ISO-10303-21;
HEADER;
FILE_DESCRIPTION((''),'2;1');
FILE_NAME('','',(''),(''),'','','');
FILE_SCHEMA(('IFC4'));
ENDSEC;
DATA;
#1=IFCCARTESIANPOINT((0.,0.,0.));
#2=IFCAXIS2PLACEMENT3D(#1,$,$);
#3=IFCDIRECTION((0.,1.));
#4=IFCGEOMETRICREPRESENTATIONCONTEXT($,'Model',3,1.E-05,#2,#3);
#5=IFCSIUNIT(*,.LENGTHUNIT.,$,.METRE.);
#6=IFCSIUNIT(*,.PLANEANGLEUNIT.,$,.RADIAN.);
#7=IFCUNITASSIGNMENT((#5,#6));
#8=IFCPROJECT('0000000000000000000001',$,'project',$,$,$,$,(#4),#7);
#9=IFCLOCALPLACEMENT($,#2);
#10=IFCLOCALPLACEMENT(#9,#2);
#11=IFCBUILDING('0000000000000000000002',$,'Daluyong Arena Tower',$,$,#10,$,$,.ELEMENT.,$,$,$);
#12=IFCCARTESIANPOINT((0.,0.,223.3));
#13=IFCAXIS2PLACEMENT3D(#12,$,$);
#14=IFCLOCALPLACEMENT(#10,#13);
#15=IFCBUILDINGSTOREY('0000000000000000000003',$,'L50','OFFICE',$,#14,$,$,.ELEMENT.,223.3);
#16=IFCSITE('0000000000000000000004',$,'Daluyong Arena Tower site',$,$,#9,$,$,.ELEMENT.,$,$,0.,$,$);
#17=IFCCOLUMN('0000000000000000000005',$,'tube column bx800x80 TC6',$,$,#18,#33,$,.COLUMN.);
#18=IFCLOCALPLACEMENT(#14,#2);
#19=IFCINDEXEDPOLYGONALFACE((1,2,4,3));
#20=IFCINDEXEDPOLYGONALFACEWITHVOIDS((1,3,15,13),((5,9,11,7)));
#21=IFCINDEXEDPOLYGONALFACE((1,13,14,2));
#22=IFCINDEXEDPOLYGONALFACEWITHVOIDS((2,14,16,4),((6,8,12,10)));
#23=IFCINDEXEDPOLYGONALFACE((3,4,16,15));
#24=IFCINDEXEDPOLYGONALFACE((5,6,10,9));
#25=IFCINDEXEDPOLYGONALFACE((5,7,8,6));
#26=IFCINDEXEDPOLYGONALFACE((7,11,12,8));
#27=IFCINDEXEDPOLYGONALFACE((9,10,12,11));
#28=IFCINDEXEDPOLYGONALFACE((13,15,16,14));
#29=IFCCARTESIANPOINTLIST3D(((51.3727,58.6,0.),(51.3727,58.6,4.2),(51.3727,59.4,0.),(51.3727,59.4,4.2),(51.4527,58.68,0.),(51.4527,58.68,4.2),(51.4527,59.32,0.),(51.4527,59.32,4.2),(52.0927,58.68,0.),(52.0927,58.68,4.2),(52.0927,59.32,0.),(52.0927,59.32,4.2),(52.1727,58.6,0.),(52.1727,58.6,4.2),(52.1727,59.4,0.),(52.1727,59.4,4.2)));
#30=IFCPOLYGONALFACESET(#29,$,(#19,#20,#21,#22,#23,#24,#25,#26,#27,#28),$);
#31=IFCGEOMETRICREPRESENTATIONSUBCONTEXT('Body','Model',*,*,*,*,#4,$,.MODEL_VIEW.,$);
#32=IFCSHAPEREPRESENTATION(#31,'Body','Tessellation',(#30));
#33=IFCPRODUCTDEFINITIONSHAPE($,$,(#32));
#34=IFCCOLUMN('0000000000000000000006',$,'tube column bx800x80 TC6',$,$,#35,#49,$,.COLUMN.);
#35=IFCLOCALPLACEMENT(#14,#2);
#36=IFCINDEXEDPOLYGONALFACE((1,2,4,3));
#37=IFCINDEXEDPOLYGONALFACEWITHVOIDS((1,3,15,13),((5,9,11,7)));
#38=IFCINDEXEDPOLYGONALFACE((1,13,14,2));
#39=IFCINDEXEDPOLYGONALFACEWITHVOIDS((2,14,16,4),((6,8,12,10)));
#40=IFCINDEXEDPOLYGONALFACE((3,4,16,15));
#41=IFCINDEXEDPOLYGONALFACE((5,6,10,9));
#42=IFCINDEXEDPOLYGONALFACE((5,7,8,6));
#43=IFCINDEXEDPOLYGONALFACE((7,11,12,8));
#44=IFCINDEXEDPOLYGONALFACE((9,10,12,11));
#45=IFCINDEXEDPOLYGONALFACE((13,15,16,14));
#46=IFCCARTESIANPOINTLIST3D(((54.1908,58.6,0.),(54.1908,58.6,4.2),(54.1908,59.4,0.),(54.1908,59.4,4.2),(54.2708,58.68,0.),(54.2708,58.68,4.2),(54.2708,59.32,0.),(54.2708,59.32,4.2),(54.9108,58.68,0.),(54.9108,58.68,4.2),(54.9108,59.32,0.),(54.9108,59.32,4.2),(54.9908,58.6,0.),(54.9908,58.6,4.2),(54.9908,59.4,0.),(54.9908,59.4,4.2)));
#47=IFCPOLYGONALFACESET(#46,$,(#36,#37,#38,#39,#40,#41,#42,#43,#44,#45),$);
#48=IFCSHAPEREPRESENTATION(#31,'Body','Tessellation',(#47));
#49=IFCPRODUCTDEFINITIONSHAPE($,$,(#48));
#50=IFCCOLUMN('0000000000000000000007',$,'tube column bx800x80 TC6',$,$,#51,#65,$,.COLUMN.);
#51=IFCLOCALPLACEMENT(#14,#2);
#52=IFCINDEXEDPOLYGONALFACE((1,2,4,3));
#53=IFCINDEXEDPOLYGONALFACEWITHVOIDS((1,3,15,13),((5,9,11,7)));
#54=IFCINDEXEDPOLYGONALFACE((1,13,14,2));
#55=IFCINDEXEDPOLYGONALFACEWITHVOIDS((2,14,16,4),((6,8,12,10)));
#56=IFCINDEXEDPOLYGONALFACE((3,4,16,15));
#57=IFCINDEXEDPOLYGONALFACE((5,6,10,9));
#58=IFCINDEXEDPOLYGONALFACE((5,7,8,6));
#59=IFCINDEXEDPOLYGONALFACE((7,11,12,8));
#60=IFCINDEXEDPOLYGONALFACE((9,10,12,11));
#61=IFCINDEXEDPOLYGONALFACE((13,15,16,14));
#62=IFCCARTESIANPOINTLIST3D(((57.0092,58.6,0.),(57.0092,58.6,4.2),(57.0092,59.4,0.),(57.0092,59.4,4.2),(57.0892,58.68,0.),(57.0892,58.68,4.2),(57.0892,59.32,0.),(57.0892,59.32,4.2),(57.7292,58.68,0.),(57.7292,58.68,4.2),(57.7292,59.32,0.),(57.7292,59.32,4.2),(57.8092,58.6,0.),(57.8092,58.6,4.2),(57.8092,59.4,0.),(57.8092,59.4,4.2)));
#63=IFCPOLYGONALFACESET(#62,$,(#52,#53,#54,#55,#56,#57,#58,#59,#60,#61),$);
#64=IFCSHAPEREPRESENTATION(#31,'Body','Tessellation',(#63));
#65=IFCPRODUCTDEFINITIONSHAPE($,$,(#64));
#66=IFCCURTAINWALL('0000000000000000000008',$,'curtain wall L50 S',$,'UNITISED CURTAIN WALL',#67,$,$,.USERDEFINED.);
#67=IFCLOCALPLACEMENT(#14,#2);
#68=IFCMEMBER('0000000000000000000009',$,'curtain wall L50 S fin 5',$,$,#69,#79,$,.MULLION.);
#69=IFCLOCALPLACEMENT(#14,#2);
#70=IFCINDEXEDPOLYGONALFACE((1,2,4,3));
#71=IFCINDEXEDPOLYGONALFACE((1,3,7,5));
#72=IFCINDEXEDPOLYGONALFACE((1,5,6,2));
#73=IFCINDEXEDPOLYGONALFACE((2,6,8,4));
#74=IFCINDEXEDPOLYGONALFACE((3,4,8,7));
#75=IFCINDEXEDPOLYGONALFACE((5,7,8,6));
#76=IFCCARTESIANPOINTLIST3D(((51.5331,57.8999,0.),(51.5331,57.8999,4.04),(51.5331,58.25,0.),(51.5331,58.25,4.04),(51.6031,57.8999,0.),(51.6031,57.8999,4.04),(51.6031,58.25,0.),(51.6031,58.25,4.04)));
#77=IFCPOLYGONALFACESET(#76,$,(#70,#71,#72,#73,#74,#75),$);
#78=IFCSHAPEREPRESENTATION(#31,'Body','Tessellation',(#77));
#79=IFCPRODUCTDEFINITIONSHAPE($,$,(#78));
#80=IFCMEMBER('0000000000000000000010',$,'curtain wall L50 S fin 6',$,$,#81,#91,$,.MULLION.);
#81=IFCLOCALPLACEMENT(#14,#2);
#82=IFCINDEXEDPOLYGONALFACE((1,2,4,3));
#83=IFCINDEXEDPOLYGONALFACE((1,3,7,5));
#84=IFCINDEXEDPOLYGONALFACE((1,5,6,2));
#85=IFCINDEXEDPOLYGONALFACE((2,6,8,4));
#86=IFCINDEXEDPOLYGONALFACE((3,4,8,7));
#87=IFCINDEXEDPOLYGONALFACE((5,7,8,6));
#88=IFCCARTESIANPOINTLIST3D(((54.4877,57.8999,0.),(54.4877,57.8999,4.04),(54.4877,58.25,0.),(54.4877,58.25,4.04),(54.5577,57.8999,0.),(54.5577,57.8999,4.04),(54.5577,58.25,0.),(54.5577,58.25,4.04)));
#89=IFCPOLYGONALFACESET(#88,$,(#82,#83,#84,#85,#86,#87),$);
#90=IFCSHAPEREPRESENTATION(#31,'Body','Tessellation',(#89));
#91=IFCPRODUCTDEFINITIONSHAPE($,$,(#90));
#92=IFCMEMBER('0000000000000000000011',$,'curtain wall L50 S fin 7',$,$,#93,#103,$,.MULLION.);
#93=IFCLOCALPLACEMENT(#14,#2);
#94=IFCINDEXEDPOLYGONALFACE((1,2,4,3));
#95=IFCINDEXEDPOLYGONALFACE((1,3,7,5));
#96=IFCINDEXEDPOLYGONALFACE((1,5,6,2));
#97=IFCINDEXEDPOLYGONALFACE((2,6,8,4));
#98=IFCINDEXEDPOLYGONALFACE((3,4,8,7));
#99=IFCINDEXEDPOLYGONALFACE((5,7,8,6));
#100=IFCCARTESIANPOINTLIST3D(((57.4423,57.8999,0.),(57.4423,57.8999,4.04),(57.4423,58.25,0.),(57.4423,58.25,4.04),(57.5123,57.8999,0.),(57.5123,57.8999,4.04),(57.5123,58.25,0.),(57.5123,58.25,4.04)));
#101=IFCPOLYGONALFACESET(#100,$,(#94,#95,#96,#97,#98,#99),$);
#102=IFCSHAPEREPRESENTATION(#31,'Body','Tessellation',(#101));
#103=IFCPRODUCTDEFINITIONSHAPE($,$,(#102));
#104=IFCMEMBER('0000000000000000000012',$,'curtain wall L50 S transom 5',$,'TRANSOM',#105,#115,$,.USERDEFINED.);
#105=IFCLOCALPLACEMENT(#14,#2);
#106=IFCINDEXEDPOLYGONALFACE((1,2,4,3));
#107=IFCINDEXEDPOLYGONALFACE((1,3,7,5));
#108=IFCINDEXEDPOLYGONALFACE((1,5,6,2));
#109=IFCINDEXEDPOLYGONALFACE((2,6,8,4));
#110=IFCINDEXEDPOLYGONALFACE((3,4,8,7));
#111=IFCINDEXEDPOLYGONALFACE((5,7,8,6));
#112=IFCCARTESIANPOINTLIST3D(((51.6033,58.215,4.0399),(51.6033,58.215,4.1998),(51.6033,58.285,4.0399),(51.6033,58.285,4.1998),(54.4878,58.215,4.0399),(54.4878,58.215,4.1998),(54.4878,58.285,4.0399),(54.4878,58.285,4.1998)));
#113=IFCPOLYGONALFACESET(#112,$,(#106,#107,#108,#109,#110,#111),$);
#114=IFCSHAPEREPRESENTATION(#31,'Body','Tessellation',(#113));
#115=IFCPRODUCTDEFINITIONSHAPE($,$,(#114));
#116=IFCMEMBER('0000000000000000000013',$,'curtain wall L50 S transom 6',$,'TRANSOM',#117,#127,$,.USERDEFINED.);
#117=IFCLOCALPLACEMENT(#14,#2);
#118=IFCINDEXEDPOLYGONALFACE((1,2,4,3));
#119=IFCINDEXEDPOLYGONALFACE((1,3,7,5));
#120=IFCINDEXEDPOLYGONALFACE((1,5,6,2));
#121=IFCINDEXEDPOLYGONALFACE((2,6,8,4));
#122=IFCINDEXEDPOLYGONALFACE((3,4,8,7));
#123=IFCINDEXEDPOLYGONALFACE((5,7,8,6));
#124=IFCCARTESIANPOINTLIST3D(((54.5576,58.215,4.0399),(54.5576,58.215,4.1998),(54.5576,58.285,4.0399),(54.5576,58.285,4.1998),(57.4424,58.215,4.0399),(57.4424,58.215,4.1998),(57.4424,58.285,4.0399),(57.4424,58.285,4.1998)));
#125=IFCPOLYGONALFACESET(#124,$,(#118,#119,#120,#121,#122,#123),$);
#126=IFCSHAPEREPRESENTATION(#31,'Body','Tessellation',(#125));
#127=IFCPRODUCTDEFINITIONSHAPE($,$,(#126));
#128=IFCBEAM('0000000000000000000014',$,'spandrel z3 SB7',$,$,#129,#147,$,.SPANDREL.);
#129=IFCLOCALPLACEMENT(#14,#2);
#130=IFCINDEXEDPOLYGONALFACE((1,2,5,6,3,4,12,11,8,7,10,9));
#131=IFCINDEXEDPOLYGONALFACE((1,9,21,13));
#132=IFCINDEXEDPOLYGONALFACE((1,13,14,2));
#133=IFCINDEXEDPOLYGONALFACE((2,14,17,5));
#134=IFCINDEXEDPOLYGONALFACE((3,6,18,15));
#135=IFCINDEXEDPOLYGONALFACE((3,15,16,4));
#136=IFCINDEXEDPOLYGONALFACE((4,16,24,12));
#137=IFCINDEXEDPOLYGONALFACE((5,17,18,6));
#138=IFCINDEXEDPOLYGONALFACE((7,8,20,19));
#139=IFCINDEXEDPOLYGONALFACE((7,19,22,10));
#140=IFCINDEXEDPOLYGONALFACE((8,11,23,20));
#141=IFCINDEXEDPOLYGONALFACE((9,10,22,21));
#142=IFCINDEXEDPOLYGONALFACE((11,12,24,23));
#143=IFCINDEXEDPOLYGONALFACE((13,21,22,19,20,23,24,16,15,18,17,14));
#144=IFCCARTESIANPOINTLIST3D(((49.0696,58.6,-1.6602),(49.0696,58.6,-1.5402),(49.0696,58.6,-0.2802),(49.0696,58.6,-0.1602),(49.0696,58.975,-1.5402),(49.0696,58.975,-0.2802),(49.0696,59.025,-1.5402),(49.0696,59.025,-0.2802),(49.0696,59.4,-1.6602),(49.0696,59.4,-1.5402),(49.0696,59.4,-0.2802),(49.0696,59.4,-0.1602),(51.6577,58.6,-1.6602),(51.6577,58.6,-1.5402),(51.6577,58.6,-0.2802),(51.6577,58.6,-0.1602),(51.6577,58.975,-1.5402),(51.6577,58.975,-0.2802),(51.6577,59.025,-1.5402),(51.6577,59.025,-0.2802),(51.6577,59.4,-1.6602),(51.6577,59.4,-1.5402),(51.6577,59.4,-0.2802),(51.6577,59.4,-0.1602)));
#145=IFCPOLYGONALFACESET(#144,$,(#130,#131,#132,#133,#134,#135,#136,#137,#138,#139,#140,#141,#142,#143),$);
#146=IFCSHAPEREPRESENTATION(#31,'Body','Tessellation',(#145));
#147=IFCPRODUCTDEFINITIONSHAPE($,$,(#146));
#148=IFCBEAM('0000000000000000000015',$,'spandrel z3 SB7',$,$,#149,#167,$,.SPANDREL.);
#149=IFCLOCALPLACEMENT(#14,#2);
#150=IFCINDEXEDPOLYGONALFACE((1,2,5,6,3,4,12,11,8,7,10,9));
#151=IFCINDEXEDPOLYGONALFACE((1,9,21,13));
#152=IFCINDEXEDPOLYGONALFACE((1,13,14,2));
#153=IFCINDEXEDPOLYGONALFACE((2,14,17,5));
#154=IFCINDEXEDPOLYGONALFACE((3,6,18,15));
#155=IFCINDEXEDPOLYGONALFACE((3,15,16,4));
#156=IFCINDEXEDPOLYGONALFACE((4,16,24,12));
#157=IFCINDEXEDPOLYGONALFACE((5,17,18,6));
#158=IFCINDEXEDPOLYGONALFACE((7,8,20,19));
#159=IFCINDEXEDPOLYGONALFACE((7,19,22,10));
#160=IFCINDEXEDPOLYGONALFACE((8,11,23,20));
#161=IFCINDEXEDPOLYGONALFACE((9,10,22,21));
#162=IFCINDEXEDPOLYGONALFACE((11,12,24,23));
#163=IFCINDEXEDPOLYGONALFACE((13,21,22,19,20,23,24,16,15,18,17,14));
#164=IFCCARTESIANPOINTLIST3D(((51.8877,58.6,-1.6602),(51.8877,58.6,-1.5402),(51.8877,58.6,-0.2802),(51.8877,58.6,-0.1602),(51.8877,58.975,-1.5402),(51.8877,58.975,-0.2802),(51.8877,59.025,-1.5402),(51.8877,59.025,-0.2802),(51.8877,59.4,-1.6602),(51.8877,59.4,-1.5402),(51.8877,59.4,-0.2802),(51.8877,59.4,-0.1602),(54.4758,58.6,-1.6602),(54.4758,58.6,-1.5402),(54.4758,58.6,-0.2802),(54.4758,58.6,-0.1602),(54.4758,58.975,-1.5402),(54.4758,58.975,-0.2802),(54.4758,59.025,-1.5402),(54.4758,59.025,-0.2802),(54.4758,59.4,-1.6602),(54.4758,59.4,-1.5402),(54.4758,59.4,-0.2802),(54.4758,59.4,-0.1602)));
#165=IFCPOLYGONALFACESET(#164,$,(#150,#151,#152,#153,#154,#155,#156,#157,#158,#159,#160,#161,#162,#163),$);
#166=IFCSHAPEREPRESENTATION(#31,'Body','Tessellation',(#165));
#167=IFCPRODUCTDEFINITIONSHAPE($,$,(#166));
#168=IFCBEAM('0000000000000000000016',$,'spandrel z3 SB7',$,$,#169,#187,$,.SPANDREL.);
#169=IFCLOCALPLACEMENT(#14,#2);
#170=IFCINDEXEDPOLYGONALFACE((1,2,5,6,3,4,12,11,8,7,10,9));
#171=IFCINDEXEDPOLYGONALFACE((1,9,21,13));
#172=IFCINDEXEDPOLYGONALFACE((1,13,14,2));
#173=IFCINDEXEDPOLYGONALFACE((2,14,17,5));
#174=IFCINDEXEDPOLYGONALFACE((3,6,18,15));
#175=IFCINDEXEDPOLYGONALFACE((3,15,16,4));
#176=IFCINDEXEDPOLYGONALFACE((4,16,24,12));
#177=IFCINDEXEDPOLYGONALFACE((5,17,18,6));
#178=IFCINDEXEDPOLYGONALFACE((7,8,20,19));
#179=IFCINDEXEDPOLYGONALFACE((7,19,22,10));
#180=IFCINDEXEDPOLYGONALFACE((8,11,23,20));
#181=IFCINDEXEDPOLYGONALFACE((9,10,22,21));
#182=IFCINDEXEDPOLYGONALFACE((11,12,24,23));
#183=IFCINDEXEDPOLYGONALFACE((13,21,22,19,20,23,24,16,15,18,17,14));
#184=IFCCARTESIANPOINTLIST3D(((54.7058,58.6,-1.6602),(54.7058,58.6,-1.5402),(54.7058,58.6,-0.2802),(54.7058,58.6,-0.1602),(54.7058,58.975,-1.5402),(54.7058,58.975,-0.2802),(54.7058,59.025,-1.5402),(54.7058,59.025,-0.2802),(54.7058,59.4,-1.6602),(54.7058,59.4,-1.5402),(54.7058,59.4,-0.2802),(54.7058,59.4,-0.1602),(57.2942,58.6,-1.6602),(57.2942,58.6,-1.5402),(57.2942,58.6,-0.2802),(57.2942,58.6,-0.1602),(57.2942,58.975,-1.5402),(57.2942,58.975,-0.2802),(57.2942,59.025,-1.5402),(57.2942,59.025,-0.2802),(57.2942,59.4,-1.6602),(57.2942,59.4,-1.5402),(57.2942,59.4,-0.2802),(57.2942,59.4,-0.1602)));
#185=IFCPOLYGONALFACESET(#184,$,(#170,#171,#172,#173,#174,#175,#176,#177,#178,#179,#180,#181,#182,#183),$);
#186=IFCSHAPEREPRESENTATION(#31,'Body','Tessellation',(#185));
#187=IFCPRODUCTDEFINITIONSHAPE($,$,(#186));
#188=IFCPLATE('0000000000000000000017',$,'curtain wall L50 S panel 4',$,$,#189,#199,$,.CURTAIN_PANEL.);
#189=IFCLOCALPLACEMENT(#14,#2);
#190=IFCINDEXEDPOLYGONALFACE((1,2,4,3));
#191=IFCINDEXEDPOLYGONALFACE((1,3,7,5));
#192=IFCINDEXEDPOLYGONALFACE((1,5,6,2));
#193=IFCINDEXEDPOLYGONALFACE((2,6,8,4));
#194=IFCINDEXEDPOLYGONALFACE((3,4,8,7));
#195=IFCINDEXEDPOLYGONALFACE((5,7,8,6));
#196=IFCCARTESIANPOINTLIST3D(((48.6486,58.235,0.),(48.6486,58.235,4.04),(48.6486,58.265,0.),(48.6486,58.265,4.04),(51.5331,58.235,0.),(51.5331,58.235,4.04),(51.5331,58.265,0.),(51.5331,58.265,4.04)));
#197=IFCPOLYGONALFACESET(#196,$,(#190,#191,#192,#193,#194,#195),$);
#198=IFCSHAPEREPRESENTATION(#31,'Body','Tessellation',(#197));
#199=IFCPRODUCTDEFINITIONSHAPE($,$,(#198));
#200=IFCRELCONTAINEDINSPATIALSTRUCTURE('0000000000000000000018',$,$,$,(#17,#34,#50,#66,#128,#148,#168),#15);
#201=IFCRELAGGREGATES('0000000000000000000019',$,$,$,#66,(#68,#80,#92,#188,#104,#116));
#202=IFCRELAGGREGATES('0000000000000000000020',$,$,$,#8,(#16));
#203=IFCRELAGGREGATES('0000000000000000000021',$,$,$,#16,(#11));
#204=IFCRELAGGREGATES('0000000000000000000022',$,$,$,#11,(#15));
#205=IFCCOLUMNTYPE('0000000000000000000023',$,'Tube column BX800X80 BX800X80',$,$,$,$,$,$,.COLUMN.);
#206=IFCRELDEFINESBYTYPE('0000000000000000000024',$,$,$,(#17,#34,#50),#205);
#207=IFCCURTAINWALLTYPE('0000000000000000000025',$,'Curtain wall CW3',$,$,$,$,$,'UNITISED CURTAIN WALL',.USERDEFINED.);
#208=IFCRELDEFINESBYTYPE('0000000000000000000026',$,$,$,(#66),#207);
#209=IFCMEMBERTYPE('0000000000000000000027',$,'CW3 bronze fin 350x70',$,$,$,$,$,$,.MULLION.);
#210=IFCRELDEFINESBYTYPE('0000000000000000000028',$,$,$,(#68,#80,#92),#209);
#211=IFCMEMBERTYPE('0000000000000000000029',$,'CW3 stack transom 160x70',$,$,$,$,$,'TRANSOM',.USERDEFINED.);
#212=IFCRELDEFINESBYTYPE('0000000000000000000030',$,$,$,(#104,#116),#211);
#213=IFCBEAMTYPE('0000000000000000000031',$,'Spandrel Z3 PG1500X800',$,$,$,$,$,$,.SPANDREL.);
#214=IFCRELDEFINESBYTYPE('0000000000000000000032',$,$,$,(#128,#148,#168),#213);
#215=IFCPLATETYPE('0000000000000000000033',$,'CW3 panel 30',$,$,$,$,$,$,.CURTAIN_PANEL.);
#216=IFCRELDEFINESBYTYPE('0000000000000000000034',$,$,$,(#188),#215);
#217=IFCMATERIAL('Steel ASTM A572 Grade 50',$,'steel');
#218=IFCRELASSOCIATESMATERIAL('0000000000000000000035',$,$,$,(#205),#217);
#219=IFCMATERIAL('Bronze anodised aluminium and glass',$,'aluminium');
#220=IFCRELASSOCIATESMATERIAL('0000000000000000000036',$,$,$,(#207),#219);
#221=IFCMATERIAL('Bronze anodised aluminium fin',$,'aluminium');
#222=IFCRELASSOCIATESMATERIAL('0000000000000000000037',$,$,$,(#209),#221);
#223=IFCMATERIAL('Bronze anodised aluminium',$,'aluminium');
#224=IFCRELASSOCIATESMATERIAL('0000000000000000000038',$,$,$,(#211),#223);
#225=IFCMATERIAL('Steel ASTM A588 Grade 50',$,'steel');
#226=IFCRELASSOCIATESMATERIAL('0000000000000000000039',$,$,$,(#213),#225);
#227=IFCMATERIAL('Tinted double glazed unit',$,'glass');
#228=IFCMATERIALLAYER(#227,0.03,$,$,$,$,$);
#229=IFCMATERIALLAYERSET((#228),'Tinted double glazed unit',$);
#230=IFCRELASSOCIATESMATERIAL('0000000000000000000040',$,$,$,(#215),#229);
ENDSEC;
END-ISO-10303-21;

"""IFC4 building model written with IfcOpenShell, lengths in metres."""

from ifc_helpers import new_model, si_unit, direction, frame, origin, origin_2d, place, context, subcontext, project, spatial, rectangle, hollow_rectangle, i_section, extrude, material, layer, layer_set, material_profile, profile_set, type_object, element, aggregate, save


model = new_model("IFC4")

# Units and contexts
model_context = context("Model", 3, precision=1e-05, world=origin(), true_north=direction((0.0, 1.0)))
body_context = subcontext(model_context, "Body", "Model", "MODEL_VIEW")
ifc_project = project(units=[si_unit("LENGTHUNIT", "METRE"), si_unit("PLANEANGLEUNIT", "RADIAN")], contexts=[model_context])

# Site, building, storey
site_placement = place(None, origin())
site = spatial("IfcSite", under=ifc_project, at=site_placement, Name="Daluyong Arena Tower site", CompositionType="ELEMENT", RefElevation=0.0)
building_placement = place(site_placement, origin())
building = spatial("IfcBuilding", under=site, at=building_placement, Name="Daluyong Arena Tower", CompositionType="ELEMENT")
storey_placement = place(building_placement, frame((0.0, 0.0, 223.3)))
storey = spatial("IfcBuildingStorey", under=building, at=storey_placement, Name="L50", Description="OFFICE", CompositionType="ELEMENT", Elevation=223.3)

# Columns
ifc_material_1 = material(Name="Steel ASTM A572 Grade 50", Category="steel")
ifc_material_profile_1 = material_profile(ifc_material_1, hollow_rectangle(XDim=0.8, YDim=0.8, WallThickness=0.08, at=origin_2d()))
ifc_profile_set_1 = profile_set([ifc_material_profile_1], Name="Steel ASTM A572 Grade 50")
column_type = type_object("IfcColumnType", Name="Tube column BX800X80 BX800X80", PredefinedType="COLUMN", material=ifc_profile_set_1)
for number, where, z_axis, x_axis, name in (
    (1, (51.7727, 59.0, 0.0), (0.0, 0.0, 1.0), (1.0, 0.0, 0.0), "tube column bx800x80 TC6"),
    (2, (54.5908, 59.0, 0.0), (0.0, 0.0, 1.0), (1.0, 0.0, 0.0), "tube column bx800x80 TC6"),
    (3, (57.4092, 59.0, 0.0), (0.0, 0.0, 1.0), (1.0, 0.0, 0.0), "tube column bx800x80 TC6"),
):
    element("IfcColumn", number, at=place(storey_placement, frame(where, z_axis=z_axis, x_axis=x_axis)), inside=storey, type_object=column_type, Name=name, PredefinedType="COLUMN", context=body_context, shape_type="SweptSolid", body=[
        extrude(hollow_rectangle(XDim=0.8, YDim=0.8, WallThickness=0.08, at=origin_2d()), origin(), (0.0, 0.0, 1.0), 4.2),
    ])

# Curtain wall, members
ifc_material_2 = material(Name="Bronze anodised aluminium and glass", Category="aluminium")
curtain_wall_type = type_object("IfcCurtainWallType", Name="Curtain wall CW3", ElementType="UNITISED CURTAIN WALL", PredefinedType="USERDEFINED", material=ifc_material_2)
curtain_wall_placement = place(storey_placement, origin())
curtain_wall = element("IfcCurtainWall", 4, at=curtain_wall_placement, inside=storey, type_object=curtain_wall_type, Name="curtain wall L50 S", ObjectType="UNITISED CURTAIN WALL", PredefinedType="USERDEFINED")
ifc_material_3 = material(Name="Bronze anodised aluminium fin", Category="aluminium")
ifc_material_profile_2 = material_profile(ifc_material_3, rectangle(XDim=0.3501, YDim=0.0701, at=origin_2d()))
ifc_profile_set_2 = profile_set([ifc_material_profile_2], Name="Bronze anodised aluminium fin")
member_type_1 = type_object("IfcMemberType", Name="CW3 bronze fin 350x70", PredefinedType="MULLION", material=ifc_profile_set_2)
member_1_placement = place(storey_placement, frame((51.5681, 58.075, 0.0), z_axis=(0.0, 0.0, 1.0), x_axis=(0.0, 1.0, 0.0)))
member_1 = element("IfcMember", 5, at=member_1_placement, type_object=member_type_1, Name="curtain wall L50 S fin 5", PredefinedType="MULLION", context=body_context, shape_type="SweptSolid", body=[
    extrude(rectangle(XDim=0.3501, YDim=0.0701, at=origin_2d()), origin(), (0.0, 0.0, 1.0), 4.04),
])
member_2_placement = place(storey_placement, frame((54.5227, 58.075, 0.0), z_axis=(0.0, 0.0, 1.0), x_axis=(0.0, 1.0, 0.0)))
member_2 = element("IfcMember", 6, at=member_2_placement, type_object=member_type_1, Name="curtain wall L50 S fin 6", PredefinedType="MULLION", context=body_context, shape_type="SweptSolid", body=[
    extrude(rectangle(XDim=0.3501, YDim=0.0701, at=origin_2d()), origin(), (0.0, 0.0, 1.0), 4.04),
])
member_3_placement = place(storey_placement, frame((57.4773, 58.075, 0.0), z_axis=(0.0, 0.0, 1.0), x_axis=(0.0, 1.0, 0.0)))
member_3 = element("IfcMember", 7, at=member_3_placement, type_object=member_type_1, Name="curtain wall L50 S fin 7", PredefinedType="MULLION", context=body_context, shape_type="SweptSolid", body=[
    extrude(rectangle(XDim=0.3501, YDim=0.0701, at=origin_2d()), origin(), (0.0, 0.0, 1.0), 4.04),
])
ifc_material_4 = material(Name="Bronze anodised aluminium", Category="aluminium")
ifc_material_profile_3 = material_profile(ifc_material_4, rectangle(XDim=0.0701, YDim=0.1599, at=origin_2d()))
ifc_profile_set_3 = profile_set([ifc_material_profile_3], Name="Bronze anodised aluminium")
member_type_2 = type_object("IfcMemberType", Name="CW3 stack transom 160x70", ElementType="TRANSOM", PredefinedType="USERDEFINED", material=ifc_profile_set_3)
member_4_placement = place(storey_placement, frame((51.6033, 58.25, 4.1199), z_axis=(1.0, 0.0, 0.0), x_axis=(0.0, 1.0, 0.0)))
member_4 = element("IfcMember", 8, at=member_4_placement, type_object=member_type_2, Name="curtain wall L50 S transom 5", ObjectType="TRANSOM", PredefinedType="USERDEFINED", context=body_context, shape_type="SweptSolid", body=[
    extrude(rectangle(XDim=0.0701, YDim=0.1599, at=origin_2d()), origin(), (0.0, 0.0, 1.0), 2.8845),
])
member_5_placement = place(storey_placement, frame((54.5576, 58.25, 4.1199), z_axis=(1.0, 0.0, 0.0), x_axis=(0.0, 1.0, 0.0)))
member_5 = element("IfcMember", 9, at=member_5_placement, type_object=member_type_2, Name="curtain wall L50 S transom 6", ObjectType="TRANSOM", PredefinedType="USERDEFINED", context=body_context, shape_type="SweptSolid", body=[
    extrude(rectangle(XDim=0.0701, YDim=0.1599, at=origin_2d()), origin(), (0.0, 0.0, 1.0), 2.8848),
])

# Beams
ifc_material_5 = material(Name="Steel ASTM A588 Grade 50", Category="steel")
ifc_material_profile_4 = material_profile(ifc_material_5, i_section(OverallWidth=0.8, OverallDepth=1.5, WebThickness=0.05, FlangeThickness=0.12, at=origin_2d()))
ifc_profile_set_4 = profile_set([ifc_material_profile_4], Name="Steel ASTM A588 Grade 50")
beam_type = type_object("IfcBeamType", Name="Spandrel Z3 PG1500X800", PredefinedType="SPANDREL", material=ifc_profile_set_4)
for number, where, z_axis, x_axis, name in (
    (10, (49.0696, 59.0, -0.9102), (1.0, 0.0, 0.0), (0.0, 1.0, 0.0), "spandrel z3 SB7"),
    (11, (51.8877, 59.0, -0.9102), (1.0, 0.0, 0.0), (0.0, 1.0, 0.0), "spandrel z3 SB7"),
):
    element("IfcBeam", number, at=place(storey_placement, frame(where, z_axis=z_axis, x_axis=x_axis)), inside=storey, type_object=beam_type, Name=name, PredefinedType="SPANDREL", context=body_context, shape_type="SweptSolid", body=[
        extrude(i_section(OverallWidth=0.8, OverallDepth=1.5, WebThickness=0.05, FlangeThickness=0.12, at=origin_2d()), origin(), (0.0, 0.0, 1.0), 2.5881),
    ])
beam_placement = place(storey_placement, frame((54.7058, 59.0, -0.9102), z_axis=(1.0, 0.0, 0.0), x_axis=(0.0, 1.0, 0.0)))
element("IfcBeam", 12, at=beam_placement, inside=storey, type_object=beam_type, Name="spandrel z3 SB7", PredefinedType="SPANDREL", context=body_context, shape_type="SweptSolid", body=[
    extrude(i_section(OverallWidth=0.8, OverallDepth=1.5, WebThickness=0.05, FlangeThickness=0.12, at=origin_2d()), origin(), (0.0, 0.0, 1.0), 2.5884),
])

# Plate
ifc_material_6 = material(Name="Tinted double glazed unit", Category="glass")
ifc_layer = layer(ifc_material_6, 0.03)
ifc_layer_set = layer_set([ifc_layer], Name="Tinted double glazed unit")
plate_type = type_object("IfcPlateType", Name="CW3 panel 30", PredefinedType="CURTAIN_PANEL", material=ifc_layer_set)
plate_1_placement = place(storey_placement, frame((50.0908, 58.25, 0.0), z_axis=(0.0, 0.0, 1.0), x_axis=(1.0, 0.0, 0.0)))
plate_1 = element("IfcPlate", 13, at=plate_1_placement, type_object=plate_type, Name="curtain wall L50 S panel 4", PredefinedType="CURTAIN_PANEL", context=body_context, shape_type="SweptSolid", body=[
    extrude(rectangle(XDim=2.8845, YDim=0.03, at=origin_2d()), origin(), (0.0, 0.0, 1.0), 4.04),
])
aggregate(curtain_wall, [member_1, member_2, member_3, plate_1, member_4, member_5])

save(model, "model.ifc")
